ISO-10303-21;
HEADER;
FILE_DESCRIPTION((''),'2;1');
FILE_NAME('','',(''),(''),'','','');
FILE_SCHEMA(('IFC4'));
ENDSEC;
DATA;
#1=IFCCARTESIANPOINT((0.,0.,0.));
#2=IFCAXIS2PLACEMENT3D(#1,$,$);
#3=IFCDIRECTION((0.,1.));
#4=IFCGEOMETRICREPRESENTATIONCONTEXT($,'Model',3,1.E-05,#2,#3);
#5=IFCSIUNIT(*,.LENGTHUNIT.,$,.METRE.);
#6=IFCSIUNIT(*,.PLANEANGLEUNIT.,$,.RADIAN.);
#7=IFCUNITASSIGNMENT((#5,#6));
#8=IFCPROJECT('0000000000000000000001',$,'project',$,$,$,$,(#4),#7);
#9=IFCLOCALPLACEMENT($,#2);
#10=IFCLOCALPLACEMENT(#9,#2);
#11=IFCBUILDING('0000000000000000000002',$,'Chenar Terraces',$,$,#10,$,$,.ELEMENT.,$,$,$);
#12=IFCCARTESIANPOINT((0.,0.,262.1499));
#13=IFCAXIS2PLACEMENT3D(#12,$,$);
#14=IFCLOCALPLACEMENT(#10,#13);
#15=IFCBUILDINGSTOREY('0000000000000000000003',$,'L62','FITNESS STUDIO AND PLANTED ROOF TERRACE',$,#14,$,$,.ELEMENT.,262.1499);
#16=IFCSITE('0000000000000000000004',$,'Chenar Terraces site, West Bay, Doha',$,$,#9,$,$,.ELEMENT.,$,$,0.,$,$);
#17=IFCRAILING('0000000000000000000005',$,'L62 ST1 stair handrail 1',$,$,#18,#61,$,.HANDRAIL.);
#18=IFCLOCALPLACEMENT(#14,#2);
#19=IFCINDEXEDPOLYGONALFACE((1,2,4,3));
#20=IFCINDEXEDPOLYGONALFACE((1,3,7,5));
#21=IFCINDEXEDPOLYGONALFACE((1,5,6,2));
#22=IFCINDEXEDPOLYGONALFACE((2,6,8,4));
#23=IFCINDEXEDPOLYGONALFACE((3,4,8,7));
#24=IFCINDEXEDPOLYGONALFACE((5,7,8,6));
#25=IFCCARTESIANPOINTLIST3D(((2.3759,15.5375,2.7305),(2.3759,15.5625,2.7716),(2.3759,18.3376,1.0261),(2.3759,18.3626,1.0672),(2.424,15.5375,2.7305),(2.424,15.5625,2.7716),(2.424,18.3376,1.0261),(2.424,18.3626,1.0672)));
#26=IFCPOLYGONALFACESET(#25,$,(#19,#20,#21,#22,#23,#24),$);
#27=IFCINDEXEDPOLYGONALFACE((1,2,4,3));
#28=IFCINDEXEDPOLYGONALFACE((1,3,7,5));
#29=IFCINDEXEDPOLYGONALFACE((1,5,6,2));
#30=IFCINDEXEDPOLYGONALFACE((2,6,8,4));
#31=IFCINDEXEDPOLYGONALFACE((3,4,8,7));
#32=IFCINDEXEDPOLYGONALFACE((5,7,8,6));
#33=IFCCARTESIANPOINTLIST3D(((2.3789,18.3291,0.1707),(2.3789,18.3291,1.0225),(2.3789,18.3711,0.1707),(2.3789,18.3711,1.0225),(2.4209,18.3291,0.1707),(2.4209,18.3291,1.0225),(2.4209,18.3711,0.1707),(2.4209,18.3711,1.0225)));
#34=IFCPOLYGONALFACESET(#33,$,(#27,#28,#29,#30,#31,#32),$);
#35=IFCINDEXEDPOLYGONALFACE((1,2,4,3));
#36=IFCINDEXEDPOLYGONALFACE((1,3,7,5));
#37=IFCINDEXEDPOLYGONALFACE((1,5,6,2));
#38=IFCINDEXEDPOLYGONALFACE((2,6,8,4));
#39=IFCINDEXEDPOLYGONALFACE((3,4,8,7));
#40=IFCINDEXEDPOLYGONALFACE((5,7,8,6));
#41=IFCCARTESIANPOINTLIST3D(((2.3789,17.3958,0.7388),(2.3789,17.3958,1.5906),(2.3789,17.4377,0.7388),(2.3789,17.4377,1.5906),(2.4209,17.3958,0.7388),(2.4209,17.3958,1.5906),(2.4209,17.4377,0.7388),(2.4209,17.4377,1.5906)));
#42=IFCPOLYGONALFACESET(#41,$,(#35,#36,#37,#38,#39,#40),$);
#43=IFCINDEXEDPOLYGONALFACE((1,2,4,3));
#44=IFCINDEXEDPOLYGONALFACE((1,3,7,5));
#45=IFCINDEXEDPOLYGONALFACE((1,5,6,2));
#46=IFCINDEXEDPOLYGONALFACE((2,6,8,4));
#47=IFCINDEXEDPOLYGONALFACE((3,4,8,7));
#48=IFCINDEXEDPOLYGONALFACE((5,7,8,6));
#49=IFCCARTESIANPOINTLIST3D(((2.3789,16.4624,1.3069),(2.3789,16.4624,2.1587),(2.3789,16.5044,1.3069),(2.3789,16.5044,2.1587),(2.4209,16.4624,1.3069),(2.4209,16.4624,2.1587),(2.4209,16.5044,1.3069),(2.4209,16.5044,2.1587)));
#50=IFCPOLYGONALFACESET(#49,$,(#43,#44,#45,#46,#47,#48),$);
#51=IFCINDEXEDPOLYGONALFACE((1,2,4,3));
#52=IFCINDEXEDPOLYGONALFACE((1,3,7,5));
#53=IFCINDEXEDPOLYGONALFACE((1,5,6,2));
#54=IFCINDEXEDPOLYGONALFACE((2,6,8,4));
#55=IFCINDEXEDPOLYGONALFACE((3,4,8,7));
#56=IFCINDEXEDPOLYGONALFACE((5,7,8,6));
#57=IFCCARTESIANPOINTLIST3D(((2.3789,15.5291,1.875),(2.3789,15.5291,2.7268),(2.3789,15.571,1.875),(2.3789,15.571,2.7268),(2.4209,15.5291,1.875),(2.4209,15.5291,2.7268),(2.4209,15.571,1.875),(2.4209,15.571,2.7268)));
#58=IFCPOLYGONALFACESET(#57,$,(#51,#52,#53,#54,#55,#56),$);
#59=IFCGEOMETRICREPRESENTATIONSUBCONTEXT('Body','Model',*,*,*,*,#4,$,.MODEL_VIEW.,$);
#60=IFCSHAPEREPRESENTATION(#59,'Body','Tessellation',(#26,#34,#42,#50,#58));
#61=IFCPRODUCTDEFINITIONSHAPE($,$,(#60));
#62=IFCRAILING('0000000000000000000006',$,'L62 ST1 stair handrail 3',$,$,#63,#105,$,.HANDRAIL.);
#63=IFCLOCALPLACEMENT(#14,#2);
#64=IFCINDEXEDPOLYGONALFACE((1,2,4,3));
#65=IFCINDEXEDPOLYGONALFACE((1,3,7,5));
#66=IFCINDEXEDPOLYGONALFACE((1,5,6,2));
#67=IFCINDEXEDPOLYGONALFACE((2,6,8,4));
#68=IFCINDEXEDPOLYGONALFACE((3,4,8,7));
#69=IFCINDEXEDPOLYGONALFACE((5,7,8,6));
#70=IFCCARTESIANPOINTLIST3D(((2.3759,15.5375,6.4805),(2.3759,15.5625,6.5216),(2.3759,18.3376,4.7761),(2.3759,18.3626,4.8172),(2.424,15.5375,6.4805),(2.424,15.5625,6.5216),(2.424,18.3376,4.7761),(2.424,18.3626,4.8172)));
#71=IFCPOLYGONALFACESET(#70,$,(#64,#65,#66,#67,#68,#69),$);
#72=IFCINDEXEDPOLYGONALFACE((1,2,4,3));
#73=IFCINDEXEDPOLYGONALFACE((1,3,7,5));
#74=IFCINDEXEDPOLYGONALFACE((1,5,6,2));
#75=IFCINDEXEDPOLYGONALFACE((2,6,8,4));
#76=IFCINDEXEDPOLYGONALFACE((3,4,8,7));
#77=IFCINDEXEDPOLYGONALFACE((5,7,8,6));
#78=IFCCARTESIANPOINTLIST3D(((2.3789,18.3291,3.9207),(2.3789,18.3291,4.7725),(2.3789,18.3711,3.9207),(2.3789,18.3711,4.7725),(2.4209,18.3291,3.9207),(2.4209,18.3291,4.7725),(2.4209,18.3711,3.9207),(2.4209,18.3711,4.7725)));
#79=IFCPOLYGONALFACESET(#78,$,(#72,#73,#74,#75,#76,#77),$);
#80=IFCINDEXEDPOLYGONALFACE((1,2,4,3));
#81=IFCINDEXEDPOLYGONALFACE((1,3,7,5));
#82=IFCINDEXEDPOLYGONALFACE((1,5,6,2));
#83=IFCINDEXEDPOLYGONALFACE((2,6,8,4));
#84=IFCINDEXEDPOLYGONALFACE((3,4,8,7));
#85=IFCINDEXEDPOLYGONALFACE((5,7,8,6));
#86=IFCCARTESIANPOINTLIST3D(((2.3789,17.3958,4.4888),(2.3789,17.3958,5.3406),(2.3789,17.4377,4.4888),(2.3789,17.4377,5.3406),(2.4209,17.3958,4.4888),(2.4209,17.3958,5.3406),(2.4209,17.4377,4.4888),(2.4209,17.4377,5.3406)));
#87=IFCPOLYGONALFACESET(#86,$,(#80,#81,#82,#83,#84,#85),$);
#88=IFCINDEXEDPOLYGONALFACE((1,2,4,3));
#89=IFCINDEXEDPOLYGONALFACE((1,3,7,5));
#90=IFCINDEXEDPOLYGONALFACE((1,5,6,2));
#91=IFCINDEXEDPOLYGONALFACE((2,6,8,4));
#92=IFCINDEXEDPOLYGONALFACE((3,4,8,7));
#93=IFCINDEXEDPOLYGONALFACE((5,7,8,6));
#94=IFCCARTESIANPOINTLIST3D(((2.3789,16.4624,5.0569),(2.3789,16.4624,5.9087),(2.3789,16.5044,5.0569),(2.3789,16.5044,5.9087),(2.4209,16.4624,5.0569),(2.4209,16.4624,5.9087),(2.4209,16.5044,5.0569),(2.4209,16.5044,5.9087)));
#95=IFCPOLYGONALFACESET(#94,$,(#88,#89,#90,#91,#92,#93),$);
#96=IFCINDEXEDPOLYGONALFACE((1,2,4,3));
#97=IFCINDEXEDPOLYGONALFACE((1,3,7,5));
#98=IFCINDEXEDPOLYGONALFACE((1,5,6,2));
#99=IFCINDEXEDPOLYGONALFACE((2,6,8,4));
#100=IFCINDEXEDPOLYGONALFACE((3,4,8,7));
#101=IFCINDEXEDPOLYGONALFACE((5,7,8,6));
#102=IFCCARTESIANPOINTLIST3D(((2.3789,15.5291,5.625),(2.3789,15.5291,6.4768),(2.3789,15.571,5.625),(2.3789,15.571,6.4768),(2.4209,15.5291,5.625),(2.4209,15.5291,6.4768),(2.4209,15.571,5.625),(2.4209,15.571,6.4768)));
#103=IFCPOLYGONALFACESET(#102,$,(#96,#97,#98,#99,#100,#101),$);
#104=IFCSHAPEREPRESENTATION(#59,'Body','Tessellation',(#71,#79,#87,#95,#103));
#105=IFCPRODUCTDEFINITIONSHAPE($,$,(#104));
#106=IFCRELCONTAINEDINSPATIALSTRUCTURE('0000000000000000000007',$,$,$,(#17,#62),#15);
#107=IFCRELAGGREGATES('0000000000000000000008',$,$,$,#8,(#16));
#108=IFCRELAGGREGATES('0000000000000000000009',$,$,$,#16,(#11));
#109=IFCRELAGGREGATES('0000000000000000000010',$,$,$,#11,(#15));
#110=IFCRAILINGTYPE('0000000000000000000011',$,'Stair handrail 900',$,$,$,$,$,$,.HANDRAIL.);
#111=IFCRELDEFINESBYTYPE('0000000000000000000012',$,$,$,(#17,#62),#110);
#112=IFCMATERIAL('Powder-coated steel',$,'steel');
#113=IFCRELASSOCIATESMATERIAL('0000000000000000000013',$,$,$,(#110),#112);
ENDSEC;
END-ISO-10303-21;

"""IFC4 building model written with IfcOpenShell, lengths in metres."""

from ifc_helpers import new_model, si_unit, direction, frame, origin, origin_2d, place, context, subcontext, project, spatial, rectangle, extrude, material, type_object, element, save


model = new_model("IFC4")

# Units and contexts
model_context = context("Model", 3, precision=1e-05, world=origin(), true_north=direction((0.0, 1.0)))
body_context = subcontext(model_context, "Body", "Model", "MODEL_VIEW")
ifc_project = project(units=[si_unit("LENGTHUNIT", "METRE"), si_unit("PLANEANGLEUNIT", "RADIAN")], contexts=[model_context])

# Site, building, storey
site_placement = place(None, origin())
site = spatial("IfcSite", under=ifc_project, at=site_placement, Name="Chenar Terraces site, West Bay, Doha", CompositionType="ELEMENT", RefElevation=0.0)
building_placement = place(site_placement, origin())
building = spatial("IfcBuilding", under=site, at=building_placement, Name="Chenar Terraces", CompositionType="ELEMENT")
storey_placement = place(building_placement, frame((0.0, 0.0, 262.1499)))
storey = spatial("IfcBuildingStorey", under=building, at=storey_placement, Name="L62", Description="FITNESS STUDIO AND PLANTED ROOF TERRACE", CompositionType="ELEMENT", Elevation=262.1499)

# Railings
ifc_material_1 = material(Name="Powder-coated steel", Category="steel")
railing_type_1 = type_object("IfcRailingType", Name="Stair handrail 900", PredefinedType="HANDRAIL", material=ifc_material_1)
for number, where, name in (
    (1, (2.3999, 18.3501, 0.1707), "L62 ST1 stair handrail 1"),
    (2, (2.3999, 18.3501, 3.9207), "L62 ST1 stair handrail 3"),
):
    element("IfcRailing", number, at=place(storey_placement, frame(where)), inside=storey, type_object=railing_type_1, Name=name, PredefinedType="HANDRAIL", context=body_context, shape_type="SweptSolid", body=[
        extrude(rectangle(XDim=0.0481, YDim=0.0481, at=origin_2d()), frame((0.0, 0.0, 0.876), z_axis=(0.0, -0.854203, 0.51994), x_axis=(1.0, 0.0, 0.0)), (0.0, 0.0, 1.0), 3.2781),
        extrude(rectangle(XDim=0.042, YDim=0.042, at=origin_2d()), origin(), (0.0, 0.0, 1.0), 0.8518),
        extrude(rectangle(XDim=0.042, YDim=0.042, at=origin_2d()), frame((0.0, -0.9333, 0.5681)), (0.0, 0.0, 1.0), 0.8518),
        extrude(rectangle(XDim=0.042, YDim=0.042, at=origin_2d()), frame((0.0, -1.8667, 1.1362)), (0.0, 0.0, 1.0), 0.8518),
        extrude(rectangle(XDim=0.042, YDim=0.042, at=origin_2d()), frame((0.0, -2.8, 1.7043)), (0.0, 0.0, 1.0), 0.8518),
    ])

save(model, "model.ifc")
